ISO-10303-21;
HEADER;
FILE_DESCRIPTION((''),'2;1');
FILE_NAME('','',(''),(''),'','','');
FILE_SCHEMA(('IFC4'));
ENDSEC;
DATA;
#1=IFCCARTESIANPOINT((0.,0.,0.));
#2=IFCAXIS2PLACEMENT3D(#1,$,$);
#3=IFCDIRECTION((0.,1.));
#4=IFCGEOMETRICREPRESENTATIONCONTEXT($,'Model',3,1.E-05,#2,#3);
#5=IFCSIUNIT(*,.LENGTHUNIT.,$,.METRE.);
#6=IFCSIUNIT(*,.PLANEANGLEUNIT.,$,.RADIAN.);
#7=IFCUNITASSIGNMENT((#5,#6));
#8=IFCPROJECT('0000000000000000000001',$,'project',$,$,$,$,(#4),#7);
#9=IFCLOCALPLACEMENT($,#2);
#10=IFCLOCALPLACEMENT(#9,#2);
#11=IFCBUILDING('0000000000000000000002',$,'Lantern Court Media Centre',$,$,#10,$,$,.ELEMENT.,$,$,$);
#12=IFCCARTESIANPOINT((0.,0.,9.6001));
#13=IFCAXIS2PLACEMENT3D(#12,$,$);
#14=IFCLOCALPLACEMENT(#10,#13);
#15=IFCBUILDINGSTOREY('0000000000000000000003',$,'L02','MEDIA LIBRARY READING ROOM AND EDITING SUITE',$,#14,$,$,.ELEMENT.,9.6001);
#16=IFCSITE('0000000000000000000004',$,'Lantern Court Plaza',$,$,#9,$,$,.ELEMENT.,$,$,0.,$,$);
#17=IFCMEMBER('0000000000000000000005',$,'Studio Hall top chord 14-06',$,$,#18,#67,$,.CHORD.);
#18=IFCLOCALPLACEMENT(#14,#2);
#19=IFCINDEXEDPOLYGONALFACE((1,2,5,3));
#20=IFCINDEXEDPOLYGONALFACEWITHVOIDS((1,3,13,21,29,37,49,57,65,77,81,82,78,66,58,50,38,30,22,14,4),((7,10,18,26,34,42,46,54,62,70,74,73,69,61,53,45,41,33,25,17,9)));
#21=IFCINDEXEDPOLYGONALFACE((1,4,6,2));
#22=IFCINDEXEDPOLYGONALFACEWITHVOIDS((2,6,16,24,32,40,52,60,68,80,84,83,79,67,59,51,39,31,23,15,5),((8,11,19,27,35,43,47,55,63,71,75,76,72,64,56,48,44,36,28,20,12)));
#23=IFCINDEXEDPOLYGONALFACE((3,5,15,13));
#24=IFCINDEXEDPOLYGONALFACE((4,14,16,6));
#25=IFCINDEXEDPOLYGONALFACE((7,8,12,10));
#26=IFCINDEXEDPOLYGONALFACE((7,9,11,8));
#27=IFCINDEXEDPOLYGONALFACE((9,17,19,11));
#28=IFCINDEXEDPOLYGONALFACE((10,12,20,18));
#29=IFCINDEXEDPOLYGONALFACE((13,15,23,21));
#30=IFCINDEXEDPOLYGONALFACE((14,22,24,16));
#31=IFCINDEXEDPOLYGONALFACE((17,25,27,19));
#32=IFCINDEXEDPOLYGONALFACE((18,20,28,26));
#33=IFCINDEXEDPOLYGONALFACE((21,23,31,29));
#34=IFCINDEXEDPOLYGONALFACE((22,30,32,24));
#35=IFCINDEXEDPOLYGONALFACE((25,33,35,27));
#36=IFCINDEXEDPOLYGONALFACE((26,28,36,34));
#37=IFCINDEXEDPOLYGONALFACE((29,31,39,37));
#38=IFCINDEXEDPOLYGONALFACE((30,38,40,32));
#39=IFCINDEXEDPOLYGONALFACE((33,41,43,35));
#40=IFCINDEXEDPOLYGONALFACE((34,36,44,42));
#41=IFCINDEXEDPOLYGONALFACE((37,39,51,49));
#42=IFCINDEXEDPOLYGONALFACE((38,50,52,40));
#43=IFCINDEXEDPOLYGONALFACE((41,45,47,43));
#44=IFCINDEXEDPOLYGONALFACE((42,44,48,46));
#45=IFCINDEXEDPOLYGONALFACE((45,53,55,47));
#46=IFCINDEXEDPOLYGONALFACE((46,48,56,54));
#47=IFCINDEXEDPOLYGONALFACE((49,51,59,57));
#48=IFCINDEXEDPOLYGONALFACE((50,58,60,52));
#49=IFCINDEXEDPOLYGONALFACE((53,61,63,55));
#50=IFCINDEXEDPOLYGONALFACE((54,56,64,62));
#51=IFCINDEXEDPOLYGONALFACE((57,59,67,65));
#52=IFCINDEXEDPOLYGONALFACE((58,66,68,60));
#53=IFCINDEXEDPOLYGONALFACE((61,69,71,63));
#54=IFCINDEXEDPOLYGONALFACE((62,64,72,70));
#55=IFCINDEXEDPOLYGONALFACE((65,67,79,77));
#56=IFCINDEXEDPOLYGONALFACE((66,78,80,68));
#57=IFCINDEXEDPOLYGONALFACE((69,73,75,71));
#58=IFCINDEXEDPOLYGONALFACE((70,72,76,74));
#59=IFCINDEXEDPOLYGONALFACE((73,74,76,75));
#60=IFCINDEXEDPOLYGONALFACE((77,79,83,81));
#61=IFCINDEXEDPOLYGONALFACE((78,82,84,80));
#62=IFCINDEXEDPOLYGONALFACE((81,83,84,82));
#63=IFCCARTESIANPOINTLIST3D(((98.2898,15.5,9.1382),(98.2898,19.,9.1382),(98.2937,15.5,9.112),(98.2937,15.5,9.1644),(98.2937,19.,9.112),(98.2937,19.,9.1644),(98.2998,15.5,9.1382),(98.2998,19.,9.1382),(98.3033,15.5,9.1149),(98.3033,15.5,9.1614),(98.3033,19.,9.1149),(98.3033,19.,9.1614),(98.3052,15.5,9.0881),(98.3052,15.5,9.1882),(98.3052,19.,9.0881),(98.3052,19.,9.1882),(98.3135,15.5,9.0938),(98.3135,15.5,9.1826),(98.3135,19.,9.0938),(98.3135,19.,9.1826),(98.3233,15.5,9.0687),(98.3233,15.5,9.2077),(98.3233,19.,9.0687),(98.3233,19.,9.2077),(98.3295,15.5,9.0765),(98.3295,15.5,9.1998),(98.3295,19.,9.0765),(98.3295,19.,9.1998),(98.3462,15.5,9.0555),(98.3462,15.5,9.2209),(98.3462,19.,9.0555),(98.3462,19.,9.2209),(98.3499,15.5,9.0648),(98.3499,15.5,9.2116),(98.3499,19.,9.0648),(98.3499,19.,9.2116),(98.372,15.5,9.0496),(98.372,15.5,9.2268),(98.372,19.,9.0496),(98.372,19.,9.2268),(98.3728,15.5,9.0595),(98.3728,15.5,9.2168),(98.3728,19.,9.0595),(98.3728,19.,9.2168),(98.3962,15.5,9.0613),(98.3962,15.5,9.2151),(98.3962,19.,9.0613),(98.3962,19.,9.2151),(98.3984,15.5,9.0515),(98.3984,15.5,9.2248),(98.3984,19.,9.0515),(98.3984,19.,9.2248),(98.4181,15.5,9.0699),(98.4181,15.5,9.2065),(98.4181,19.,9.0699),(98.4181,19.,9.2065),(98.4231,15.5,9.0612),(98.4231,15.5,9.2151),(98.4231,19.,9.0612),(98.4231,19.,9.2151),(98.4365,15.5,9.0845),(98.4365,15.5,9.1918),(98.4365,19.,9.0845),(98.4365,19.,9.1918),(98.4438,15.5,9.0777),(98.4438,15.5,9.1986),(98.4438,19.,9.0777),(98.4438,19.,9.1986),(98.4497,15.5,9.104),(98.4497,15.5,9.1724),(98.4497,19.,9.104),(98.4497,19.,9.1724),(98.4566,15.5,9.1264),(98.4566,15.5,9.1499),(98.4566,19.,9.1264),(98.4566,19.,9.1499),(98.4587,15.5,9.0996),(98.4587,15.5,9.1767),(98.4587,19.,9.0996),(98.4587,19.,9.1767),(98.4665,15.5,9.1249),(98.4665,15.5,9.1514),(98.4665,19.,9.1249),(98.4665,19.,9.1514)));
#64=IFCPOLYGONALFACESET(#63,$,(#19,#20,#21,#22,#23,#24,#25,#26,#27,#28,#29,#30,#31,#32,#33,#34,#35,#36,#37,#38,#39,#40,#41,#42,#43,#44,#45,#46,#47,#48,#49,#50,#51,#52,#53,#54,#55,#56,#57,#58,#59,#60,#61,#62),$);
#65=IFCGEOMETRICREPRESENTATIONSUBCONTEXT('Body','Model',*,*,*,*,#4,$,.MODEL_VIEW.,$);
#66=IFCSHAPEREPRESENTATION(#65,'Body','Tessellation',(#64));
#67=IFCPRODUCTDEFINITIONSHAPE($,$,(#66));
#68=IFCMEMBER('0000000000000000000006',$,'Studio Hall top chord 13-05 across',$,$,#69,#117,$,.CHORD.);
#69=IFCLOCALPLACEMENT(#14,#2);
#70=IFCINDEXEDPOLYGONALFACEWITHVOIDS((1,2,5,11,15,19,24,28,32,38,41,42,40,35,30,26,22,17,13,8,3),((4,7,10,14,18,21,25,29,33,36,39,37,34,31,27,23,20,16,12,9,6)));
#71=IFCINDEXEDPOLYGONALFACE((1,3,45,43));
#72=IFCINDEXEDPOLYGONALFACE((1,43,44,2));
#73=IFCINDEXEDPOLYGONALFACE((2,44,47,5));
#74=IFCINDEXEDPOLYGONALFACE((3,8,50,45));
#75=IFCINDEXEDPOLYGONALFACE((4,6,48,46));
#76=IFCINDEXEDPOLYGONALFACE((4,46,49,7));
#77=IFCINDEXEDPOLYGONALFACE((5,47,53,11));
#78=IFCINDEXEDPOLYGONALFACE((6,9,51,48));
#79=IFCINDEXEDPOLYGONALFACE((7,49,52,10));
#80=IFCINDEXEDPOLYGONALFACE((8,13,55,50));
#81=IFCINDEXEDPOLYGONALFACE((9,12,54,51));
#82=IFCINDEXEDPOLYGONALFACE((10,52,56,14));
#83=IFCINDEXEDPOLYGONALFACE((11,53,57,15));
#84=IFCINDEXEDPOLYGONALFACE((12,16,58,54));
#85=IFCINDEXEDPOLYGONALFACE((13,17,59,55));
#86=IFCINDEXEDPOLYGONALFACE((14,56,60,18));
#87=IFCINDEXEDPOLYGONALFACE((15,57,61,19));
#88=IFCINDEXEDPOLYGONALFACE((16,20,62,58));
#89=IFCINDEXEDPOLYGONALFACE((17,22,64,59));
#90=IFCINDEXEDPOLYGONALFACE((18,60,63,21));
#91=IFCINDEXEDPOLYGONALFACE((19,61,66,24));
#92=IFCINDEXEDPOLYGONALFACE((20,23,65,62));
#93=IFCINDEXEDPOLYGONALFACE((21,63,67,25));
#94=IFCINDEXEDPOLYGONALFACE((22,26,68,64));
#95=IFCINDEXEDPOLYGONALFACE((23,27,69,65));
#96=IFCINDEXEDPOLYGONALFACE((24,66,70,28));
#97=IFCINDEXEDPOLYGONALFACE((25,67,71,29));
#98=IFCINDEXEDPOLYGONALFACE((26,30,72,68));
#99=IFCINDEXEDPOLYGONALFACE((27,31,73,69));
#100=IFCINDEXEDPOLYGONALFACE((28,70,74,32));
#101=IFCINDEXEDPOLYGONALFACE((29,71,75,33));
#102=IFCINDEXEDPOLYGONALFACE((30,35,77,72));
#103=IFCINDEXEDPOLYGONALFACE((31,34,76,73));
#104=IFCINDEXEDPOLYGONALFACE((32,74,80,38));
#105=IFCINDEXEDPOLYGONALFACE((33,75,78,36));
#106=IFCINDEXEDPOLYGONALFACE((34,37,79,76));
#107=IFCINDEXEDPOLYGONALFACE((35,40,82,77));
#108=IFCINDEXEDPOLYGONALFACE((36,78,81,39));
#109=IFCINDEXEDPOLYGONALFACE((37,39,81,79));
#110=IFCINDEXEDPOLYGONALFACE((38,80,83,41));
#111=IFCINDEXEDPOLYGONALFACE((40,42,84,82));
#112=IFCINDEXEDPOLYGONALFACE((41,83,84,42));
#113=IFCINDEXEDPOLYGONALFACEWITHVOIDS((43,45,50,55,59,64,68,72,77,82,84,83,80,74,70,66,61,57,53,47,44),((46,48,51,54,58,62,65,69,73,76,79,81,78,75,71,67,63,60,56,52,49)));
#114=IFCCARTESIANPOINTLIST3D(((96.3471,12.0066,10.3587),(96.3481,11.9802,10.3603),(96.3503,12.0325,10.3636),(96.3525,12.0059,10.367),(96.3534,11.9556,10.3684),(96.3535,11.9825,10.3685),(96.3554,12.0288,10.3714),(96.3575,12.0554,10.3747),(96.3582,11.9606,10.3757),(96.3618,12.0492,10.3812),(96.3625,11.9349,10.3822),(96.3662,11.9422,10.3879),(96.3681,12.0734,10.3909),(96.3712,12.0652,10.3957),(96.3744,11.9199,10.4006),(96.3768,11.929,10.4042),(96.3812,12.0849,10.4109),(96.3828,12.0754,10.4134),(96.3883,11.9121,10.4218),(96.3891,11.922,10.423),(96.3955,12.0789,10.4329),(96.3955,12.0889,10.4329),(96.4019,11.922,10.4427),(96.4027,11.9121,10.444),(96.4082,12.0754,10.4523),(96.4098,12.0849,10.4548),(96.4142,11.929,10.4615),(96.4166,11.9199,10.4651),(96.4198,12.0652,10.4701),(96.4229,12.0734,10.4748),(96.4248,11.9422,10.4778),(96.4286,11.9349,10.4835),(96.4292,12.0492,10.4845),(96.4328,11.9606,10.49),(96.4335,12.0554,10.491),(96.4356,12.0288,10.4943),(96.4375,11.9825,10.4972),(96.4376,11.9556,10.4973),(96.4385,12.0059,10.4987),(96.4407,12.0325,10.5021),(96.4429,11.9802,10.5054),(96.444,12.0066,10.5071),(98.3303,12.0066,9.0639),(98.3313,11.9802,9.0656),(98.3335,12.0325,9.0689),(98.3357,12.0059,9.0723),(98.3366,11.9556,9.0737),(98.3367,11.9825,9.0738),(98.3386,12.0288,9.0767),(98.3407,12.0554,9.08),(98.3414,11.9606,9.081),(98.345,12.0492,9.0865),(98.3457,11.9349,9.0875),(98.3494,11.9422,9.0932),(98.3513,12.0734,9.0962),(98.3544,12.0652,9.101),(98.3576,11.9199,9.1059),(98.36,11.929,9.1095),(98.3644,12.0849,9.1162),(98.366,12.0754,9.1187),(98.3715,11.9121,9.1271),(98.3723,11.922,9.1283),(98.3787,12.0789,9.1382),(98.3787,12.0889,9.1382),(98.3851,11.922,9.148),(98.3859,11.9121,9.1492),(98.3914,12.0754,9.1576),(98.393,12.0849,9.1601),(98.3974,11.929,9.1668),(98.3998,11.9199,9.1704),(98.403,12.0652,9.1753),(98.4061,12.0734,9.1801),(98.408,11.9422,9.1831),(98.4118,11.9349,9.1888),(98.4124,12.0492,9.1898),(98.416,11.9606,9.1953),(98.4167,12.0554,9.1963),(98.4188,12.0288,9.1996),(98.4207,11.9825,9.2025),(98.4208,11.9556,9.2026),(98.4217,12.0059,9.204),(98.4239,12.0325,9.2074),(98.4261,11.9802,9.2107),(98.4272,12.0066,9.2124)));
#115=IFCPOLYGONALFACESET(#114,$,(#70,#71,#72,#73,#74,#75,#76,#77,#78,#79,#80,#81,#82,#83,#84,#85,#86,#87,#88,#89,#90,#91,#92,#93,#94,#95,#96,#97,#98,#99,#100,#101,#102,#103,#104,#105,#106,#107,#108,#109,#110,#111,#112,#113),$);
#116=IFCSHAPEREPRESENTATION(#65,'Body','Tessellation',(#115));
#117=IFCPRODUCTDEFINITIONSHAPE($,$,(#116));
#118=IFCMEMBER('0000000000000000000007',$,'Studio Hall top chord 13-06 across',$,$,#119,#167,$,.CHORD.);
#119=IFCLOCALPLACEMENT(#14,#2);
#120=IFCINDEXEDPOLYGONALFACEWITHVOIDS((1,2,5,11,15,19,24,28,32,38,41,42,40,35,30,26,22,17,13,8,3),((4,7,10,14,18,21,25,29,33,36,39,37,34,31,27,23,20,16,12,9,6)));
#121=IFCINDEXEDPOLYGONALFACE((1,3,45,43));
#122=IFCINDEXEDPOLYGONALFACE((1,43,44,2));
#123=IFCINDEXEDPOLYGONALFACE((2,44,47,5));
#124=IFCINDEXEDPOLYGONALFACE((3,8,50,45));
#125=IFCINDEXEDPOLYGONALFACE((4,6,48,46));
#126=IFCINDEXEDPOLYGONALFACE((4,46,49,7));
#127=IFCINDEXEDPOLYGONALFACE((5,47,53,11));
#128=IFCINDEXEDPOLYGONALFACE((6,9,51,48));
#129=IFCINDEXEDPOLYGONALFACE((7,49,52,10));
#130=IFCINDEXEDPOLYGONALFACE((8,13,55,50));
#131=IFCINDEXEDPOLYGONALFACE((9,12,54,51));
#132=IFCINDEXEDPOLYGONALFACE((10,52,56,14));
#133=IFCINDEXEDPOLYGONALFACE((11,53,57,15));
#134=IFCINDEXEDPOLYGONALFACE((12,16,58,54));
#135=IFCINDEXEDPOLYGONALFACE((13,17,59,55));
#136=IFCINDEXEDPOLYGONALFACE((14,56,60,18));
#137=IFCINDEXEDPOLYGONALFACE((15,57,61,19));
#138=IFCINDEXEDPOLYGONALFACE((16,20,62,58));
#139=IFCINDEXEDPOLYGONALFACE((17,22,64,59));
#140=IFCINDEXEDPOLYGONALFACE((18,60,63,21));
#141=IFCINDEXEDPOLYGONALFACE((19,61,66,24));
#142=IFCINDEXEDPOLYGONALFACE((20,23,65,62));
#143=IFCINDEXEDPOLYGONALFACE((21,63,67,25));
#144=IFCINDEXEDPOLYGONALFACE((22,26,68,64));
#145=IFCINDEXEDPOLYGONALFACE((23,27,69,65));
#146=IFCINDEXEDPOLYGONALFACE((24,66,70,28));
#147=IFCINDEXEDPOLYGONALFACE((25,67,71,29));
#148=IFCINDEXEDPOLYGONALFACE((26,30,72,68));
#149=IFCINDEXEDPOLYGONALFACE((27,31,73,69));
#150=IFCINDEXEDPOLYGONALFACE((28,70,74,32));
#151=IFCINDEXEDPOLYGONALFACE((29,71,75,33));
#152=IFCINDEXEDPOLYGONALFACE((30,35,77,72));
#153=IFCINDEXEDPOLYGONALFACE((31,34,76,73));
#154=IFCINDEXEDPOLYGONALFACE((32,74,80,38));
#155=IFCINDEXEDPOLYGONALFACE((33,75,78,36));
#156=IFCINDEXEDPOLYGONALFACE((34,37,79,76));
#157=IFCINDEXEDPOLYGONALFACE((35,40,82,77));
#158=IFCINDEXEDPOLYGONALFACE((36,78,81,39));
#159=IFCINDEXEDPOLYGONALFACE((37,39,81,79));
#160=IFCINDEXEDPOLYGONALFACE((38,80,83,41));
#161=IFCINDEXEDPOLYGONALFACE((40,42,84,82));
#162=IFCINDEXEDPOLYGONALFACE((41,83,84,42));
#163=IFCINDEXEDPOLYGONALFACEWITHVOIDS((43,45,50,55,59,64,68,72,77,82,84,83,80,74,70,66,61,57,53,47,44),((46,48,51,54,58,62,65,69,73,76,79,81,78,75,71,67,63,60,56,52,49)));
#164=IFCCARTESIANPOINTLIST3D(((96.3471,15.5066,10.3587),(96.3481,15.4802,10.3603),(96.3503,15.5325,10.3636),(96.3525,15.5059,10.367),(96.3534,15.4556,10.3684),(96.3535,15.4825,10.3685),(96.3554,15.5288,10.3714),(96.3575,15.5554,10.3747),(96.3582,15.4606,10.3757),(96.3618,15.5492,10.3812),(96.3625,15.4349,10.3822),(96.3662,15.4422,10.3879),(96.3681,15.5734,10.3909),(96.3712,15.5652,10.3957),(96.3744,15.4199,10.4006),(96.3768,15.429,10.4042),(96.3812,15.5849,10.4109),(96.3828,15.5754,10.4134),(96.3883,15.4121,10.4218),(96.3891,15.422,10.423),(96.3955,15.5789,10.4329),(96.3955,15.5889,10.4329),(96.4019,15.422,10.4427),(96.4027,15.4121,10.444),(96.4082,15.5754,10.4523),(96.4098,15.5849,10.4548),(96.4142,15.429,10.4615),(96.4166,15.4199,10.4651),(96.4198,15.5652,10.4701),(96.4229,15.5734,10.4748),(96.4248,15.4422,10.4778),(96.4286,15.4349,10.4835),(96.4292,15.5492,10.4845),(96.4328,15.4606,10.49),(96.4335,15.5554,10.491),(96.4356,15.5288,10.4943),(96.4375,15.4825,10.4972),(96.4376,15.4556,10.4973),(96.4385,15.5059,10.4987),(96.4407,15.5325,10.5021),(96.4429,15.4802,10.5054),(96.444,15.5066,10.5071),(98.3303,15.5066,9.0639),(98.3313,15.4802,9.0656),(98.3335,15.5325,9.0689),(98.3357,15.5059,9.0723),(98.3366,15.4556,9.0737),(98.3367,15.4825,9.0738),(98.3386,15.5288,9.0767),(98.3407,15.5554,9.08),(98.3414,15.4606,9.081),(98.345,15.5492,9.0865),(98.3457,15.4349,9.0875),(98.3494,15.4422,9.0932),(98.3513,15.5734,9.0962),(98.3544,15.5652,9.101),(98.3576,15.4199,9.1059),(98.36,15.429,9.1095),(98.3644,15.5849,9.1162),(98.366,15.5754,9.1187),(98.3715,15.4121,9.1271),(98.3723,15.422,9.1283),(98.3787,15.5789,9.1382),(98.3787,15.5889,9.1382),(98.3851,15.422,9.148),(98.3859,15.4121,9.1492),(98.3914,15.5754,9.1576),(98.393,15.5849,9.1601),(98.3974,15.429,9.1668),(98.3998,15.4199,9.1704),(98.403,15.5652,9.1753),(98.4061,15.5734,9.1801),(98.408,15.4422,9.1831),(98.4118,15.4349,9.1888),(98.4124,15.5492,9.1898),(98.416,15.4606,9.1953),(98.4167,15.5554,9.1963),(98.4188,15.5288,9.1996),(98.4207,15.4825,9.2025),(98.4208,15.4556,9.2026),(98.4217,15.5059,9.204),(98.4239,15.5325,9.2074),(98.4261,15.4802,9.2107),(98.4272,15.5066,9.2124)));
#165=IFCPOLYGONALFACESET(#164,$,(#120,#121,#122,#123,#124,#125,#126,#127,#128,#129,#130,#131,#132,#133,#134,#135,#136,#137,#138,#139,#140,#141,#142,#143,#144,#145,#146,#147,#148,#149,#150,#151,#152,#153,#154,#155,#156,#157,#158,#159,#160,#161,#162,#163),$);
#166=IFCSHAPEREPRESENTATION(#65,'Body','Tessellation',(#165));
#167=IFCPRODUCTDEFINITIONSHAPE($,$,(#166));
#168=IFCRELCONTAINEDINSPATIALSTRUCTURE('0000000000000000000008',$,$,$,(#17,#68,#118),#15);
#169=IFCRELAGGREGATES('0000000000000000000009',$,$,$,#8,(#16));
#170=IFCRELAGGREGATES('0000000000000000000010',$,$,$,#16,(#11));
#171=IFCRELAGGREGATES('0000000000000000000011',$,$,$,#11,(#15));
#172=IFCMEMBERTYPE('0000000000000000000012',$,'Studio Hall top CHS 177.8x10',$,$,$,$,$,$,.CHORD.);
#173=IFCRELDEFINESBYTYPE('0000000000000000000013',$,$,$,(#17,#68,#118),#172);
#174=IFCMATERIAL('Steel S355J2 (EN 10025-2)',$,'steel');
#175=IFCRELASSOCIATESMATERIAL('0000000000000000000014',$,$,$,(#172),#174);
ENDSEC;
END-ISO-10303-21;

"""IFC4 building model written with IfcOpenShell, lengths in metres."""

from ifc_helpers import new_model, si_unit, direction, frame, origin, origin_2d, place, context, subcontext, project, spatial, hollow_circle, extrude, material, material_profile, profile_set, type_object, element, save


model = new_model("IFC4")

# Units and contexts
model_context = context("Model", 3, precision=1e-05, world=origin(), true_north=direction((0.0, 1.0)))
body_context = subcontext(model_context, "Body", "Model", "MODEL_VIEW")
ifc_project = project(units=[si_unit("LENGTHUNIT", "METRE"), si_unit("PLANEANGLEUNIT", "RADIAN")], contexts=[model_context])

# Site, building, storey
site_placement = place(None, origin())
site = spatial("IfcSite", under=ifc_project, at=site_placement, Name="Lantern Court Plaza", CompositionType="ELEMENT", RefElevation=0.0)
building_placement = place(site_placement, origin())
building = spatial("IfcBuilding", under=site, at=building_placement, Name="Lantern Court Media Centre", CompositionType="ELEMENT")
storey_placement = place(building_placement, frame((0.0, 0.0, 9.6001)))
storey = spatial("IfcBuildingStorey", under=building, at=storey_placement, Name="L02", Description="MEDIA LIBRARY READING ROOM AND EDITING SUITE", CompositionType="ELEMENT", Elevation=9.6001)

# Members
ifc_material = material(Name="Steel S355J2 (EN 10025-2)", Category="steel")
ifc_material_profile_1 = material_profile(ifc_material, hollow_circle(Radius=0.0889, WallThickness=0.01, at=origin_2d()), Name="Studio Hall top CHS 177.8x10")
ifc_profile_set_1 = profile_set([ifc_material_profile_1], Name="Steel S355J2 (EN 10025-2)")
member_type_1 = type_object("IfcMemberType", Name="Studio Hall top CHS 177.8x10", PredefinedType="CHORD", material=ifc_profile_set_1)
for number, where, z_axis, x_axis, name in (
    (1, (98.3787, 15.5, 9.1382), (0.0, 1.0, 0.0), (-1.0, 0.0, 0.0), "Studio Hall top chord 14-06"),
):
    element("IfcMember", number, at=place(storey_placement, frame(where, z_axis=z_axis, x_axis=x_axis)), inside=storey, type_object=member_type_1, Name=name, PredefinedType="CHORD", context=body_context, shape_type="SweptSolid", body=[
        extrude(hollow_circle(Radius=0.0889, WallThickness=0.01, at=origin_2d()), origin(), (0.0, 0.0, 1.0), 3.5),
    ])
for number, where, z_axis, x_axis, name in (
    (2, (96.3955, 12.0, 10.4329), (0.837356, 0.0, -0.546658), (0.0, 1.0, 0.0), "Studio Hall top chord 13-05 across"),
    (3, (96.3955, 15.5, 10.4329), (0.837356, 0.0, -0.546658), (0.0, 1.0, 0.0), "Studio Hall top chord 13-06 across"),
):
    element("IfcMember", number, at=place(storey_placement, frame(where, z_axis=z_axis, x_axis=x_axis)), inside=storey, type_object=member_type_1, Name=name, PredefinedType="CHORD", context=body_context, shape_type="SweptSolid", body=[
        extrude(hollow_circle(Radius=0.0889, WallThickness=0.01, at=origin_2d()), origin(), (0.0, 0.0, 1.0), 2.3684),
    ])

save(model, "model.ifc")
